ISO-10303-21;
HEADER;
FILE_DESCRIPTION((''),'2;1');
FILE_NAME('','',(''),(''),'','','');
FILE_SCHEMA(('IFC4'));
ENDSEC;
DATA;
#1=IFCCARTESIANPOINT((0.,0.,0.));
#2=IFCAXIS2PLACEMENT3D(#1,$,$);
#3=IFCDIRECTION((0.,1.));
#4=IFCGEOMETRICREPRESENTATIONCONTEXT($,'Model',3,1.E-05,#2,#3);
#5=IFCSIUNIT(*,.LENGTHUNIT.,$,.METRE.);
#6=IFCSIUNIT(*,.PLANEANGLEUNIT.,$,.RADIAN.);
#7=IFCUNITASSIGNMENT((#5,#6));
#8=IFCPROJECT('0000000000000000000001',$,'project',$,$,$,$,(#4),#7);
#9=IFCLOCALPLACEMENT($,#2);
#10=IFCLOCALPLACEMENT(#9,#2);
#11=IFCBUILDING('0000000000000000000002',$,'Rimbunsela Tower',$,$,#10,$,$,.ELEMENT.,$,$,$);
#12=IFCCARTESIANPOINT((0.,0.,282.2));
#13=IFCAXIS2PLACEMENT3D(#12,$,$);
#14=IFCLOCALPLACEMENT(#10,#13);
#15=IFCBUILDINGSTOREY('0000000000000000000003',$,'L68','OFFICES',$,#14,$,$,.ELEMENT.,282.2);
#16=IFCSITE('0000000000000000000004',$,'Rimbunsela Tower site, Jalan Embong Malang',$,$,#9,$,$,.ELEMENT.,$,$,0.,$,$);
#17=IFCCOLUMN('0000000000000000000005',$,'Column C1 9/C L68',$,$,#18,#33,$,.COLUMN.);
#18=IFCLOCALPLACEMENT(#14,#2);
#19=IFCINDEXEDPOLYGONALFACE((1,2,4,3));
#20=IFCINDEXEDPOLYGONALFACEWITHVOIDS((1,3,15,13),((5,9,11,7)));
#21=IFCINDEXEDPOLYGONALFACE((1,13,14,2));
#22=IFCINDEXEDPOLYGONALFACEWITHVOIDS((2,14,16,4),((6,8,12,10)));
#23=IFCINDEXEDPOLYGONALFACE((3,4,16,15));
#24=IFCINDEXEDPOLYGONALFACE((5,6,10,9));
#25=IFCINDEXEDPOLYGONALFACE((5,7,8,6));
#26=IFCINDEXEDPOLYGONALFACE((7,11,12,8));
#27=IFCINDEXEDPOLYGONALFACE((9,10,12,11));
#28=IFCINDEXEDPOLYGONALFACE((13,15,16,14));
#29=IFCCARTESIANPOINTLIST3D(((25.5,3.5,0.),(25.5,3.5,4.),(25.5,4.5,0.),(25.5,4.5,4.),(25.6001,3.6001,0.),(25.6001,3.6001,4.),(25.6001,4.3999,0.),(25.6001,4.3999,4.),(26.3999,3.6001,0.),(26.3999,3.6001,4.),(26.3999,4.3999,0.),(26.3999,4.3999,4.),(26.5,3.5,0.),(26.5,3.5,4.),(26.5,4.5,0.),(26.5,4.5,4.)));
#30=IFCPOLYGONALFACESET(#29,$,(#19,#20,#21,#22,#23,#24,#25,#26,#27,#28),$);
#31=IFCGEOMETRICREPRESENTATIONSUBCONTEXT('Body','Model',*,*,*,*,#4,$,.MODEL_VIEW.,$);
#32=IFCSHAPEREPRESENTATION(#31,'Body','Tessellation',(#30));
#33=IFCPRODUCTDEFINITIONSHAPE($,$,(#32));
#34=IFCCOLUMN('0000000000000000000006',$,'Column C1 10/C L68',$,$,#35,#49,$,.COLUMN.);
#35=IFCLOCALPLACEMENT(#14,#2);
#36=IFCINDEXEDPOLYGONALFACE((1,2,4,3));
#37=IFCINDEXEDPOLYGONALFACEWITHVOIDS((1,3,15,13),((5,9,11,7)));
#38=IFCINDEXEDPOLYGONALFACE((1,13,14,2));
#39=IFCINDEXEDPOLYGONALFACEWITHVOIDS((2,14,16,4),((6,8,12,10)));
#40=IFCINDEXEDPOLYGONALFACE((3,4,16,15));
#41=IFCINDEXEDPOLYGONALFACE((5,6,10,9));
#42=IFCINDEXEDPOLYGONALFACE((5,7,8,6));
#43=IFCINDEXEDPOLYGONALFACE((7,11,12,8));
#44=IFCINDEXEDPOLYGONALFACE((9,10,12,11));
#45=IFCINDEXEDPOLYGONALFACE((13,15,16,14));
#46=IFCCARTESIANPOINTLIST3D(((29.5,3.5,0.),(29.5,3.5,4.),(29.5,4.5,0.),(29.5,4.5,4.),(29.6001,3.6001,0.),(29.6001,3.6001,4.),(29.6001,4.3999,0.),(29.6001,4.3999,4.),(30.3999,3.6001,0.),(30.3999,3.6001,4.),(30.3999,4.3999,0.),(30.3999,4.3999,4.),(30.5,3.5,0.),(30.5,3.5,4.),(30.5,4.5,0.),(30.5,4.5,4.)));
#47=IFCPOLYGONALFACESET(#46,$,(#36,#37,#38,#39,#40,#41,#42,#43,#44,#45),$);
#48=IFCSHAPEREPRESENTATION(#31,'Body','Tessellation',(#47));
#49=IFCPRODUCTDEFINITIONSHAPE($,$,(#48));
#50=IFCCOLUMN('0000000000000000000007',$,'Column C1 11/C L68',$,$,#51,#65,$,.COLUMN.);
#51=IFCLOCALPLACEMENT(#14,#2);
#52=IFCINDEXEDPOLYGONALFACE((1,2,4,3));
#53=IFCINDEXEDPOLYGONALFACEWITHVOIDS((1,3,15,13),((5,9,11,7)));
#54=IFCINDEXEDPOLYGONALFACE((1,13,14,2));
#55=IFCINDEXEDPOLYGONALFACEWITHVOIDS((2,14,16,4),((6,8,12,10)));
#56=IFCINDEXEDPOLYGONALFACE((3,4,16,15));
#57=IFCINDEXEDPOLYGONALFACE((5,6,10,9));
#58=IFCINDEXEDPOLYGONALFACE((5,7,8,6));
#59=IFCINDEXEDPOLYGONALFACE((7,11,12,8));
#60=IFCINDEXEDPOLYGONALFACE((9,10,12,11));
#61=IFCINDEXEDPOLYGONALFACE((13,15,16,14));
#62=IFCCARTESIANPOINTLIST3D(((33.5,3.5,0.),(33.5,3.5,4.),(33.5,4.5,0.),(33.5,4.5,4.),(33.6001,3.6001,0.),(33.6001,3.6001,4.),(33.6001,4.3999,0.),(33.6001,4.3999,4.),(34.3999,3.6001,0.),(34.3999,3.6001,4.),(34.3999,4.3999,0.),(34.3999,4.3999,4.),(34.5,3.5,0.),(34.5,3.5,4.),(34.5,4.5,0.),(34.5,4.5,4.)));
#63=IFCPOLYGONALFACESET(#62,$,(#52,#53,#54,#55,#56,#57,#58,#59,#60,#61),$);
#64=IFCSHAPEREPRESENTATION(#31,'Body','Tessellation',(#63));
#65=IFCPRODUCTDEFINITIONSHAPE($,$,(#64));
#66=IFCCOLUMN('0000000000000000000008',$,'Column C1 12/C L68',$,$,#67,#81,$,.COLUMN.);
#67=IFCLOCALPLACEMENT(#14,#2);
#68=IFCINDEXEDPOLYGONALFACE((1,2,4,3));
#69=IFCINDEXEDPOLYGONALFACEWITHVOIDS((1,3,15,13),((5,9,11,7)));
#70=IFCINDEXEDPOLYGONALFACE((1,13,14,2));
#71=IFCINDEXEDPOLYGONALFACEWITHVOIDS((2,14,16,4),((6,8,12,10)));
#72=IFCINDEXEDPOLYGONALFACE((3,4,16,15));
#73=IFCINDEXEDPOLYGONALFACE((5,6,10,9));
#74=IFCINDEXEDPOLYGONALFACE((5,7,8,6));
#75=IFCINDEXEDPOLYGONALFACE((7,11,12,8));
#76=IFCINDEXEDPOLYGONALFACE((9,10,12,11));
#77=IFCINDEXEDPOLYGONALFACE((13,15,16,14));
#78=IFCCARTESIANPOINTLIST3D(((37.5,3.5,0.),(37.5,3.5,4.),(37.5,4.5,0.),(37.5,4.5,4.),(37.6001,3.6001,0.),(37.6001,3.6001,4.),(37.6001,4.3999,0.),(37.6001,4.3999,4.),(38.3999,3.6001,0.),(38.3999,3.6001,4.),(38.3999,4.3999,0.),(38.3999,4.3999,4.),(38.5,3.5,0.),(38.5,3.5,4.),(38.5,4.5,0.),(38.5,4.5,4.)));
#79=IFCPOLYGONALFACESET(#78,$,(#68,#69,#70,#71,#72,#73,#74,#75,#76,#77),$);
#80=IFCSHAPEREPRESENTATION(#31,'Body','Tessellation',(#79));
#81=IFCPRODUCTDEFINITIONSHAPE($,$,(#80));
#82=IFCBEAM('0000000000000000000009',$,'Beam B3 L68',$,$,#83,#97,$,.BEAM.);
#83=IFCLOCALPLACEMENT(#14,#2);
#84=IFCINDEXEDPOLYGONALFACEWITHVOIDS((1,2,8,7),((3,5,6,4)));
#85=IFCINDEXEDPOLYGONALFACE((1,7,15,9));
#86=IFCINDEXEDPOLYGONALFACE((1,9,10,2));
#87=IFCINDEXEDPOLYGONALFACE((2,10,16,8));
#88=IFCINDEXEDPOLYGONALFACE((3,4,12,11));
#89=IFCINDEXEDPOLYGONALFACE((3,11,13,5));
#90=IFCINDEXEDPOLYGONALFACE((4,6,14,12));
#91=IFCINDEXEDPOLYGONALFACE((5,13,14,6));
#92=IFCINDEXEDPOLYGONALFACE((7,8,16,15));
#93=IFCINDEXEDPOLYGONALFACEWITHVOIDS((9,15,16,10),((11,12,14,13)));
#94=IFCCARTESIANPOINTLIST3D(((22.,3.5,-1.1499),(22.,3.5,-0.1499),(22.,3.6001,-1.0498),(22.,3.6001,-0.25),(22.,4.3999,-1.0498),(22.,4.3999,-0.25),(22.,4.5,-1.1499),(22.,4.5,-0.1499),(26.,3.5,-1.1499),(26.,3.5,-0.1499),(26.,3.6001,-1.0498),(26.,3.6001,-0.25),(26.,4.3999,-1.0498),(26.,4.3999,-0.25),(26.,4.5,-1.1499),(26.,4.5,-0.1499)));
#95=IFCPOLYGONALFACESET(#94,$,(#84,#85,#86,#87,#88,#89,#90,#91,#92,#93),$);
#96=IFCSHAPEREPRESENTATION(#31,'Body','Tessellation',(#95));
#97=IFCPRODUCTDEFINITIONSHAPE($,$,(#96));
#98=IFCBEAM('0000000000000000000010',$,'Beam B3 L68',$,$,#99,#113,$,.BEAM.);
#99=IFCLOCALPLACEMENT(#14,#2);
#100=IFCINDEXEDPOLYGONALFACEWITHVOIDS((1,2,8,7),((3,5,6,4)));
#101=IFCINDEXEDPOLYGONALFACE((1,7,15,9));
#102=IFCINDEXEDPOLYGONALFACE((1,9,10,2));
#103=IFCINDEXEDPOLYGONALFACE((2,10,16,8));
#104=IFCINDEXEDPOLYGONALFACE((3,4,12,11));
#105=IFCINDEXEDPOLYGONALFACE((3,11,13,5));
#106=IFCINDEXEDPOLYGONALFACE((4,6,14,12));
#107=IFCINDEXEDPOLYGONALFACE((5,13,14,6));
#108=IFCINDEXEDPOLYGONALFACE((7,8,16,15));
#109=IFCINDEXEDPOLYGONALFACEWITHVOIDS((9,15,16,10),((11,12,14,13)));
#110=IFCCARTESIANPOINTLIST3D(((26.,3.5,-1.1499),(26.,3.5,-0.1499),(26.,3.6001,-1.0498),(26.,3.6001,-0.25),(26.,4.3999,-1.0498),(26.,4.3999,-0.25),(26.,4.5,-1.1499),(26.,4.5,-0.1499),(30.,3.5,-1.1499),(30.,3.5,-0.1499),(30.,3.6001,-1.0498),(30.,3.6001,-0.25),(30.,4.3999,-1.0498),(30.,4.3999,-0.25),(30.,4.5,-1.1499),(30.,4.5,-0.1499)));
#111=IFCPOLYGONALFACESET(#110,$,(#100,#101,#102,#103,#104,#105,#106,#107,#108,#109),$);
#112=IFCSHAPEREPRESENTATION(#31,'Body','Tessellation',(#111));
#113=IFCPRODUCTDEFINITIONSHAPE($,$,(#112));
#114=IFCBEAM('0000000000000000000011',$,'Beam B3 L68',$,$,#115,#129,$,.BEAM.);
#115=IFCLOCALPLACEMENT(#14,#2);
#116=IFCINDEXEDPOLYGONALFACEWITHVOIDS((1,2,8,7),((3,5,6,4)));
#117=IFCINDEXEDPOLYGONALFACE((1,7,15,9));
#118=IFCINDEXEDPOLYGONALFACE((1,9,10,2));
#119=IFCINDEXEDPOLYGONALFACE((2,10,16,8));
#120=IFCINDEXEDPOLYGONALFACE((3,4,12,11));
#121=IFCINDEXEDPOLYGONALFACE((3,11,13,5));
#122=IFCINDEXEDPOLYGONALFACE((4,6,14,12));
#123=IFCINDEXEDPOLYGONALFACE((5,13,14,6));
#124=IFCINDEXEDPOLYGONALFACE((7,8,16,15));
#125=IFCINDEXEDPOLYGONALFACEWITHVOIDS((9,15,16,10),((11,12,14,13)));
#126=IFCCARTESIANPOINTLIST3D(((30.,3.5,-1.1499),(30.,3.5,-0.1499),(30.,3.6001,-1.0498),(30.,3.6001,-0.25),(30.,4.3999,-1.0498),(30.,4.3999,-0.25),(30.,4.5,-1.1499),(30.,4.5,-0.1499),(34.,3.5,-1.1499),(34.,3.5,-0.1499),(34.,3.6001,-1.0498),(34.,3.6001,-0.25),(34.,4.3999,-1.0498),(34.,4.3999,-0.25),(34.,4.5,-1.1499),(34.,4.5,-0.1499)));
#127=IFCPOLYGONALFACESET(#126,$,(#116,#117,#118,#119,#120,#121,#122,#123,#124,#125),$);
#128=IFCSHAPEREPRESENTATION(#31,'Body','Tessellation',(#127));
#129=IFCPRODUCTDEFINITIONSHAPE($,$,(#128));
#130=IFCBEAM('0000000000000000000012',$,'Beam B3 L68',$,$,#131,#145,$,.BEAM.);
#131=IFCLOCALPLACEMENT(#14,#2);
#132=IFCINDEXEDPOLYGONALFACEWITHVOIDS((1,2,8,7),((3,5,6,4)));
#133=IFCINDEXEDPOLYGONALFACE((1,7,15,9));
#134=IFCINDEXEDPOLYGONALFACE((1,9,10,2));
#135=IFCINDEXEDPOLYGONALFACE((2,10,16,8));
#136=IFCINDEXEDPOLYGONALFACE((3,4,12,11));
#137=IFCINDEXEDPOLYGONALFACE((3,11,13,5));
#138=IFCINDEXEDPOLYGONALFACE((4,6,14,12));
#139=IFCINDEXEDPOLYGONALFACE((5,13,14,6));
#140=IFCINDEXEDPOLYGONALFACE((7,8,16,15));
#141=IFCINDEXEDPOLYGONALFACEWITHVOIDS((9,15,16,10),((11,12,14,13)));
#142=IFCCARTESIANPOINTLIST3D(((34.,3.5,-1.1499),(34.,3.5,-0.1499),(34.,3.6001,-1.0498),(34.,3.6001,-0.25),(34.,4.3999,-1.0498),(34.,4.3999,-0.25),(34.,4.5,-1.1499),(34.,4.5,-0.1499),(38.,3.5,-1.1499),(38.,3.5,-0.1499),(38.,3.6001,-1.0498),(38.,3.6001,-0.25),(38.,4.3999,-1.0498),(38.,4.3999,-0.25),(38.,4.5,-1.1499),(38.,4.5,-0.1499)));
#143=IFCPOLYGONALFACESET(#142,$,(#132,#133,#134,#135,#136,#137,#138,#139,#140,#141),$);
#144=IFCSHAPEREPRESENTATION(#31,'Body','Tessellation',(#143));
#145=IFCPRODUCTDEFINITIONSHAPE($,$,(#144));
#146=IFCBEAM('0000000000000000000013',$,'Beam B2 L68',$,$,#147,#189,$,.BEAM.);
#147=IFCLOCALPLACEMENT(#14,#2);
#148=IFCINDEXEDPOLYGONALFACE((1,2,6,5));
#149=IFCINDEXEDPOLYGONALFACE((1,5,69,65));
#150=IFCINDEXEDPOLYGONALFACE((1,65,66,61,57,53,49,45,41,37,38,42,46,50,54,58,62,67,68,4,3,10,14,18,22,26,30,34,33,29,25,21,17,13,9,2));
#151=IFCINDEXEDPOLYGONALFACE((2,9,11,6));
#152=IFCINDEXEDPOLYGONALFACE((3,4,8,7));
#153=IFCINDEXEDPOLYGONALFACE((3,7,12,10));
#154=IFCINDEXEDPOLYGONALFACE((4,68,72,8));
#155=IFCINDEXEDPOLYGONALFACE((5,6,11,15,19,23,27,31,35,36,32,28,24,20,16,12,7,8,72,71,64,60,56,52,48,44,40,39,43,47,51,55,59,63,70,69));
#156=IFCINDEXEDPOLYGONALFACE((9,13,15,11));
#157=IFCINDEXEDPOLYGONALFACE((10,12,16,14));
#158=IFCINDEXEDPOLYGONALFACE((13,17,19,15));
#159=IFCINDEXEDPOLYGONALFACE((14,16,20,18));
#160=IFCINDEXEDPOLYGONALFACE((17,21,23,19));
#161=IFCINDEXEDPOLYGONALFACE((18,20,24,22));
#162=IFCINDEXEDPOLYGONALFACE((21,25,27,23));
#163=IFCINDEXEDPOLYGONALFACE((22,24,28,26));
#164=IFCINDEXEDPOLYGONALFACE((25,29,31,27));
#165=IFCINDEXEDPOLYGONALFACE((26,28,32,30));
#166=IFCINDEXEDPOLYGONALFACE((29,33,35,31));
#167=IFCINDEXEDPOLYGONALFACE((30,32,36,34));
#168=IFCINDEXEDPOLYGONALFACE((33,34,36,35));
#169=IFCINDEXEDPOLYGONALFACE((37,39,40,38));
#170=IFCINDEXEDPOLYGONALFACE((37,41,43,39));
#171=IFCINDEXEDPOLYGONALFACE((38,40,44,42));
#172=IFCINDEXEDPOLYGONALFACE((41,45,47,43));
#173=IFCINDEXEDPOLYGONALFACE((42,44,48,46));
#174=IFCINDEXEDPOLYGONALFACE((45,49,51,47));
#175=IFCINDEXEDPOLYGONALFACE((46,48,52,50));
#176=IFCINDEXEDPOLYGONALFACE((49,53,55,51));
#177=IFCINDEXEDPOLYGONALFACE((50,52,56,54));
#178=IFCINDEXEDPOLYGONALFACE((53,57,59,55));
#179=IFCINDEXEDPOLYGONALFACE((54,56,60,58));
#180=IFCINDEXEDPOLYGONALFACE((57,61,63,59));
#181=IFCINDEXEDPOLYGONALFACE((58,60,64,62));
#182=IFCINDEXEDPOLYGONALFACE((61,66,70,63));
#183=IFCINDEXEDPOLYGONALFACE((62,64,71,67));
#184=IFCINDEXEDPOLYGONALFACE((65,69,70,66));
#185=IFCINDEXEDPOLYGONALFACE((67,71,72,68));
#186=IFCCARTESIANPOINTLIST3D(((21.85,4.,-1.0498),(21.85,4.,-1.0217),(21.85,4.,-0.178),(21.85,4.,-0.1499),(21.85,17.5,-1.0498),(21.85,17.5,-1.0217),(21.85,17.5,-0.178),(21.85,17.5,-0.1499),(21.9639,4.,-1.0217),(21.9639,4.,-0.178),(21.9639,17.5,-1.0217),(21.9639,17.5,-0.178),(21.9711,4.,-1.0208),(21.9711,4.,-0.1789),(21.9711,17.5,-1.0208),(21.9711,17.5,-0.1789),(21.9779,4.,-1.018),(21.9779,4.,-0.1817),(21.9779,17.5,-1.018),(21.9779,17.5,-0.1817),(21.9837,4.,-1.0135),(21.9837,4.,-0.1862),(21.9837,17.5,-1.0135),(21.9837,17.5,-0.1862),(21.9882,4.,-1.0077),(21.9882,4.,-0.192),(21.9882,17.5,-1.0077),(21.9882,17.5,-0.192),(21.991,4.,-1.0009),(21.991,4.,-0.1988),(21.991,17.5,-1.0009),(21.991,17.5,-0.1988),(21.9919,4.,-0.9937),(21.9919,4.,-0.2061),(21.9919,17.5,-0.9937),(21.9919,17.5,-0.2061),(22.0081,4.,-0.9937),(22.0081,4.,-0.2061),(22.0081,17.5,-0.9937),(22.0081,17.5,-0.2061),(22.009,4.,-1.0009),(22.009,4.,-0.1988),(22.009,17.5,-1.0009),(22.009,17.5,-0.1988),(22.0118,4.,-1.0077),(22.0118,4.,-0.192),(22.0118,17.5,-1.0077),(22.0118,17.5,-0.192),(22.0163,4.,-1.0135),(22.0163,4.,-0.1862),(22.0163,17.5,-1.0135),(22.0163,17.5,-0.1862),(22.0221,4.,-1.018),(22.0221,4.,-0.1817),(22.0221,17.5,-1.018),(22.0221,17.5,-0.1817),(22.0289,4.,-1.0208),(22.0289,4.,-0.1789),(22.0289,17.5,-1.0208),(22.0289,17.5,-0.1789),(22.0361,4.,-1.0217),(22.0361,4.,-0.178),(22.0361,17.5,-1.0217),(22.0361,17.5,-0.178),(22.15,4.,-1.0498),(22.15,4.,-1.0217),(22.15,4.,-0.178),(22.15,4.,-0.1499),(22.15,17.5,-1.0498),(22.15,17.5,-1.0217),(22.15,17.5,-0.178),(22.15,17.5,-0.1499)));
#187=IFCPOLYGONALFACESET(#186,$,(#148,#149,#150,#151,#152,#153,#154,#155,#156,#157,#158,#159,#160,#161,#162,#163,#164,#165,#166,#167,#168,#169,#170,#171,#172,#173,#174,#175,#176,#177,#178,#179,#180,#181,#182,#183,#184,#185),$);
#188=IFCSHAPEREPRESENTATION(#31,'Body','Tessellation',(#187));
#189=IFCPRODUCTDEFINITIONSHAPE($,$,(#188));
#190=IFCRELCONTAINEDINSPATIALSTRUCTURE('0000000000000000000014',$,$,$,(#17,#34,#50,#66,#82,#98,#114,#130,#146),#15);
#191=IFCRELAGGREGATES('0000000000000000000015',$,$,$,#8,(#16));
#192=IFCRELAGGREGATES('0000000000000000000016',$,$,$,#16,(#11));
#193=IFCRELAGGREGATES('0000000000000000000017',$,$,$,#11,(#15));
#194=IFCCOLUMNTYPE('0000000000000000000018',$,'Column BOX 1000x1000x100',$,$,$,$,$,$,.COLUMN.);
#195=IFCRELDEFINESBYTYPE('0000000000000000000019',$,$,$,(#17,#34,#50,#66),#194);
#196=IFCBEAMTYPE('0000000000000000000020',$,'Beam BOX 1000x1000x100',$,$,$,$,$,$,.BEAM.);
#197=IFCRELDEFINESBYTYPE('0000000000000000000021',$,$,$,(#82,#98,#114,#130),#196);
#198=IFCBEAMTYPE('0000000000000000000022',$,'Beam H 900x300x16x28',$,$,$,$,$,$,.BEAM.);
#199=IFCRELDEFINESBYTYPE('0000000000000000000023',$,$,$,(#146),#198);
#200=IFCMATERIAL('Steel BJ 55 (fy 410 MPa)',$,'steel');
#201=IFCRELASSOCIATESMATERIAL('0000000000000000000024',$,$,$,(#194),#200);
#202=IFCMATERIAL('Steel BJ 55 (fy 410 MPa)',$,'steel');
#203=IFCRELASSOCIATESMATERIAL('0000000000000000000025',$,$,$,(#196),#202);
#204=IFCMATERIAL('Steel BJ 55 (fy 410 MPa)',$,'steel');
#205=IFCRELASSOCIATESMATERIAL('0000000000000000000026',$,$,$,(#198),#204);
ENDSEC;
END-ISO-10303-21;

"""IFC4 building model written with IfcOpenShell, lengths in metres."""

from ifc_helpers import new_model, si_unit, direction, frame, origin, origin_2d, place, context, subcontext, project, spatial, hollow_rectangle, i_section, extrude, material, material_profile, profile_set, type_object, element, save


model = new_model("IFC4")

# Units and contexts
model_context = context("Model", 3, precision=1e-05, world=origin(), true_north=direction((0.0, 1.0)))
body_context = subcontext(model_context, "Body", "Model", "MODEL_VIEW")
ifc_project = project(units=[si_unit("LENGTHUNIT", "METRE"), si_unit("PLANEANGLEUNIT", "RADIAN")], contexts=[model_context])

# Site, building, storey
site_placement = place(None, origin())
site = spatial("IfcSite", under=ifc_project, at=site_placement, Name="Rimbunsela Tower site, Jalan Embong Malang", CompositionType="ELEMENT", RefElevation=0.0)
building_placement = place(site_placement, origin())
building = spatial("IfcBuilding", under=site, at=building_placement, Name="Rimbunsela Tower", CompositionType="ELEMENT")
storey_placement = place(building_placement, frame((0.0, 0.0, 282.2)))
storey = spatial("IfcBuildingStorey", under=building, at=storey_placement, Name="L68", Description="OFFICES", CompositionType="ELEMENT", Elevation=282.2)

# Columns
ifc_material_1 = material(Name="Steel BJ 55 (fy 410 MPa)", Category="steel")
ifc_material_profile_1 = material_profile(ifc_material_1, hollow_rectangle(XDim=1.0, YDim=1.0, WallThickness=0.1001, at=origin_2d()), Name="BOX 1000x1000x100")
ifc_profile_set_1 = profile_set([ifc_material_profile_1], Name="Steel BJ 55 (fy 410 MPa)")
column_type = type_object("IfcColumnType", Name="Column BOX 1000x1000x100", PredefinedType="COLUMN", material=ifc_profile_set_1)
for number, where, z_axis, x_axis, name in (
    (1, (26.0, 4.0, 0.0), (0.0, 0.0, 1.0), (1.0, 0.0, 0.0), "Column C1 9/C L68"),
    (2, (30.0, 4.0, 0.0), (0.0, 0.0, 1.0), (1.0, 0.0, 0.0), "Column C1 10/C L68"),
    (3, (34.0, 4.0, 0.0), (0.0, 0.0, 1.0), (1.0, 0.0, 0.0), "Column C1 11/C L68"),
    (4, (38.0, 4.0, 0.0), (0.0, 0.0, 1.0), (1.0, 0.0, 0.0), "Column C1 12/C L68"),
):
    element("IfcColumn", number, at=place(storey_placement, frame(where, z_axis=z_axis, x_axis=x_axis)), inside=storey, type_object=column_type, Name=name, PredefinedType="COLUMN", context=body_context, shape_type="SweptSolid", body=[
        extrude(hollow_rectangle(XDim=1.0, YDim=1.0, WallThickness=0.1001, at=origin_2d()), origin(), (0.0, 0.0, 1.0), 4.0),
    ])

# Beams
ifc_material_2 = material(Name="Steel BJ 55 (fy 410 MPa)", Category="steel")
ifc_material_profile_2 = material_profile(ifc_material_2, hollow_rectangle(XDim=1.0, YDim=1.0, WallThickness=0.1001, at=origin_2d()), Name="BOX 1000x1000x100")
ifc_profile_set_2 = profile_set([ifc_material_profile_2], Name="Steel BJ 55 (fy 410 MPa)")
beam_type_1 = type_object("IfcBeamType", Name="Beam BOX 1000x1000x100", PredefinedType="BEAM", material=ifc_profile_set_2)
for number, where, z_axis, x_axis, name in (
    (5, (22.0, 4.0, -0.6499), (1.0, 0.0, 0.0), (0.0, 1.0, 0.0), "Beam B3 L68"),
    (6, (26.0, 4.0, -0.6499), (1.0, 0.0, 0.0), (0.0, 1.0, 0.0), "Beam B3 L68"),
    (7, (30.0, 4.0, -0.6499), (1.0, 0.0, 0.0), (0.0, 1.0, 0.0), "Beam B3 L68"),
    (8, (34.0, 4.0, -0.6499), (1.0, 0.0, 0.0), (0.0, 1.0, 0.0), "Beam B3 L68"),
):
    element("IfcBeam", number, at=place(storey_placement, frame(where, z_axis=z_axis, x_axis=x_axis)), inside=storey, type_object=beam_type_1, Name=name, PredefinedType="BEAM", context=body_context, shape_type="SweptSolid", body=[
        extrude(hollow_rectangle(XDim=1.0, YDim=1.0, WallThickness=0.1001, at=origin_2d()), origin(), (0.0, 0.0, 1.0), 4.0),
    ])
ifc_material_3 = material(Name="Steel BJ 55 (fy 410 MPa)", Category="steel")
ifc_material_profile_3 = material_profile(ifc_material_3, i_section(OverallWidth=0.3, OverallDepth=0.8999, WebThickness=0.0161, FlangeThickness=0.0281, FilletRadius=0.0281, at=origin_2d()), Name="H 900x300x16x28")
ifc_profile_set_3 = profile_set([ifc_material_profile_3], Name="Steel BJ 55 (fy 410 MPa)")
beam_type_2 = type_object("IfcBeamType", Name="Beam H 900x300x16x28", PredefinedType="BEAM", material=ifc_profile_set_3)
for number, where, z_axis, x_axis, name in (
    (9, (22.0, 4.0, -0.5999), (0.0, 1.0, 0.0), (-1.0, 0.0, 0.0), "Beam B2 L68"),
):
    element("IfcBeam", number, at=place(storey_placement, frame(where, z_axis=z_axis, x_axis=x_axis)), inside=storey, type_object=beam_type_2, Name=name, PredefinedType="BEAM", context=body_context, shape_type="SweptSolid", body=[
        extrude(i_section(OverallWidth=0.3, OverallDepth=0.8999, WebThickness=0.0161, FlangeThickness=0.0281, FilletRadius=0.0281, at=origin_2d()), origin(), (0.0, 0.0, 1.0), 13.5),
    ])

save(model, "model.ifc")
